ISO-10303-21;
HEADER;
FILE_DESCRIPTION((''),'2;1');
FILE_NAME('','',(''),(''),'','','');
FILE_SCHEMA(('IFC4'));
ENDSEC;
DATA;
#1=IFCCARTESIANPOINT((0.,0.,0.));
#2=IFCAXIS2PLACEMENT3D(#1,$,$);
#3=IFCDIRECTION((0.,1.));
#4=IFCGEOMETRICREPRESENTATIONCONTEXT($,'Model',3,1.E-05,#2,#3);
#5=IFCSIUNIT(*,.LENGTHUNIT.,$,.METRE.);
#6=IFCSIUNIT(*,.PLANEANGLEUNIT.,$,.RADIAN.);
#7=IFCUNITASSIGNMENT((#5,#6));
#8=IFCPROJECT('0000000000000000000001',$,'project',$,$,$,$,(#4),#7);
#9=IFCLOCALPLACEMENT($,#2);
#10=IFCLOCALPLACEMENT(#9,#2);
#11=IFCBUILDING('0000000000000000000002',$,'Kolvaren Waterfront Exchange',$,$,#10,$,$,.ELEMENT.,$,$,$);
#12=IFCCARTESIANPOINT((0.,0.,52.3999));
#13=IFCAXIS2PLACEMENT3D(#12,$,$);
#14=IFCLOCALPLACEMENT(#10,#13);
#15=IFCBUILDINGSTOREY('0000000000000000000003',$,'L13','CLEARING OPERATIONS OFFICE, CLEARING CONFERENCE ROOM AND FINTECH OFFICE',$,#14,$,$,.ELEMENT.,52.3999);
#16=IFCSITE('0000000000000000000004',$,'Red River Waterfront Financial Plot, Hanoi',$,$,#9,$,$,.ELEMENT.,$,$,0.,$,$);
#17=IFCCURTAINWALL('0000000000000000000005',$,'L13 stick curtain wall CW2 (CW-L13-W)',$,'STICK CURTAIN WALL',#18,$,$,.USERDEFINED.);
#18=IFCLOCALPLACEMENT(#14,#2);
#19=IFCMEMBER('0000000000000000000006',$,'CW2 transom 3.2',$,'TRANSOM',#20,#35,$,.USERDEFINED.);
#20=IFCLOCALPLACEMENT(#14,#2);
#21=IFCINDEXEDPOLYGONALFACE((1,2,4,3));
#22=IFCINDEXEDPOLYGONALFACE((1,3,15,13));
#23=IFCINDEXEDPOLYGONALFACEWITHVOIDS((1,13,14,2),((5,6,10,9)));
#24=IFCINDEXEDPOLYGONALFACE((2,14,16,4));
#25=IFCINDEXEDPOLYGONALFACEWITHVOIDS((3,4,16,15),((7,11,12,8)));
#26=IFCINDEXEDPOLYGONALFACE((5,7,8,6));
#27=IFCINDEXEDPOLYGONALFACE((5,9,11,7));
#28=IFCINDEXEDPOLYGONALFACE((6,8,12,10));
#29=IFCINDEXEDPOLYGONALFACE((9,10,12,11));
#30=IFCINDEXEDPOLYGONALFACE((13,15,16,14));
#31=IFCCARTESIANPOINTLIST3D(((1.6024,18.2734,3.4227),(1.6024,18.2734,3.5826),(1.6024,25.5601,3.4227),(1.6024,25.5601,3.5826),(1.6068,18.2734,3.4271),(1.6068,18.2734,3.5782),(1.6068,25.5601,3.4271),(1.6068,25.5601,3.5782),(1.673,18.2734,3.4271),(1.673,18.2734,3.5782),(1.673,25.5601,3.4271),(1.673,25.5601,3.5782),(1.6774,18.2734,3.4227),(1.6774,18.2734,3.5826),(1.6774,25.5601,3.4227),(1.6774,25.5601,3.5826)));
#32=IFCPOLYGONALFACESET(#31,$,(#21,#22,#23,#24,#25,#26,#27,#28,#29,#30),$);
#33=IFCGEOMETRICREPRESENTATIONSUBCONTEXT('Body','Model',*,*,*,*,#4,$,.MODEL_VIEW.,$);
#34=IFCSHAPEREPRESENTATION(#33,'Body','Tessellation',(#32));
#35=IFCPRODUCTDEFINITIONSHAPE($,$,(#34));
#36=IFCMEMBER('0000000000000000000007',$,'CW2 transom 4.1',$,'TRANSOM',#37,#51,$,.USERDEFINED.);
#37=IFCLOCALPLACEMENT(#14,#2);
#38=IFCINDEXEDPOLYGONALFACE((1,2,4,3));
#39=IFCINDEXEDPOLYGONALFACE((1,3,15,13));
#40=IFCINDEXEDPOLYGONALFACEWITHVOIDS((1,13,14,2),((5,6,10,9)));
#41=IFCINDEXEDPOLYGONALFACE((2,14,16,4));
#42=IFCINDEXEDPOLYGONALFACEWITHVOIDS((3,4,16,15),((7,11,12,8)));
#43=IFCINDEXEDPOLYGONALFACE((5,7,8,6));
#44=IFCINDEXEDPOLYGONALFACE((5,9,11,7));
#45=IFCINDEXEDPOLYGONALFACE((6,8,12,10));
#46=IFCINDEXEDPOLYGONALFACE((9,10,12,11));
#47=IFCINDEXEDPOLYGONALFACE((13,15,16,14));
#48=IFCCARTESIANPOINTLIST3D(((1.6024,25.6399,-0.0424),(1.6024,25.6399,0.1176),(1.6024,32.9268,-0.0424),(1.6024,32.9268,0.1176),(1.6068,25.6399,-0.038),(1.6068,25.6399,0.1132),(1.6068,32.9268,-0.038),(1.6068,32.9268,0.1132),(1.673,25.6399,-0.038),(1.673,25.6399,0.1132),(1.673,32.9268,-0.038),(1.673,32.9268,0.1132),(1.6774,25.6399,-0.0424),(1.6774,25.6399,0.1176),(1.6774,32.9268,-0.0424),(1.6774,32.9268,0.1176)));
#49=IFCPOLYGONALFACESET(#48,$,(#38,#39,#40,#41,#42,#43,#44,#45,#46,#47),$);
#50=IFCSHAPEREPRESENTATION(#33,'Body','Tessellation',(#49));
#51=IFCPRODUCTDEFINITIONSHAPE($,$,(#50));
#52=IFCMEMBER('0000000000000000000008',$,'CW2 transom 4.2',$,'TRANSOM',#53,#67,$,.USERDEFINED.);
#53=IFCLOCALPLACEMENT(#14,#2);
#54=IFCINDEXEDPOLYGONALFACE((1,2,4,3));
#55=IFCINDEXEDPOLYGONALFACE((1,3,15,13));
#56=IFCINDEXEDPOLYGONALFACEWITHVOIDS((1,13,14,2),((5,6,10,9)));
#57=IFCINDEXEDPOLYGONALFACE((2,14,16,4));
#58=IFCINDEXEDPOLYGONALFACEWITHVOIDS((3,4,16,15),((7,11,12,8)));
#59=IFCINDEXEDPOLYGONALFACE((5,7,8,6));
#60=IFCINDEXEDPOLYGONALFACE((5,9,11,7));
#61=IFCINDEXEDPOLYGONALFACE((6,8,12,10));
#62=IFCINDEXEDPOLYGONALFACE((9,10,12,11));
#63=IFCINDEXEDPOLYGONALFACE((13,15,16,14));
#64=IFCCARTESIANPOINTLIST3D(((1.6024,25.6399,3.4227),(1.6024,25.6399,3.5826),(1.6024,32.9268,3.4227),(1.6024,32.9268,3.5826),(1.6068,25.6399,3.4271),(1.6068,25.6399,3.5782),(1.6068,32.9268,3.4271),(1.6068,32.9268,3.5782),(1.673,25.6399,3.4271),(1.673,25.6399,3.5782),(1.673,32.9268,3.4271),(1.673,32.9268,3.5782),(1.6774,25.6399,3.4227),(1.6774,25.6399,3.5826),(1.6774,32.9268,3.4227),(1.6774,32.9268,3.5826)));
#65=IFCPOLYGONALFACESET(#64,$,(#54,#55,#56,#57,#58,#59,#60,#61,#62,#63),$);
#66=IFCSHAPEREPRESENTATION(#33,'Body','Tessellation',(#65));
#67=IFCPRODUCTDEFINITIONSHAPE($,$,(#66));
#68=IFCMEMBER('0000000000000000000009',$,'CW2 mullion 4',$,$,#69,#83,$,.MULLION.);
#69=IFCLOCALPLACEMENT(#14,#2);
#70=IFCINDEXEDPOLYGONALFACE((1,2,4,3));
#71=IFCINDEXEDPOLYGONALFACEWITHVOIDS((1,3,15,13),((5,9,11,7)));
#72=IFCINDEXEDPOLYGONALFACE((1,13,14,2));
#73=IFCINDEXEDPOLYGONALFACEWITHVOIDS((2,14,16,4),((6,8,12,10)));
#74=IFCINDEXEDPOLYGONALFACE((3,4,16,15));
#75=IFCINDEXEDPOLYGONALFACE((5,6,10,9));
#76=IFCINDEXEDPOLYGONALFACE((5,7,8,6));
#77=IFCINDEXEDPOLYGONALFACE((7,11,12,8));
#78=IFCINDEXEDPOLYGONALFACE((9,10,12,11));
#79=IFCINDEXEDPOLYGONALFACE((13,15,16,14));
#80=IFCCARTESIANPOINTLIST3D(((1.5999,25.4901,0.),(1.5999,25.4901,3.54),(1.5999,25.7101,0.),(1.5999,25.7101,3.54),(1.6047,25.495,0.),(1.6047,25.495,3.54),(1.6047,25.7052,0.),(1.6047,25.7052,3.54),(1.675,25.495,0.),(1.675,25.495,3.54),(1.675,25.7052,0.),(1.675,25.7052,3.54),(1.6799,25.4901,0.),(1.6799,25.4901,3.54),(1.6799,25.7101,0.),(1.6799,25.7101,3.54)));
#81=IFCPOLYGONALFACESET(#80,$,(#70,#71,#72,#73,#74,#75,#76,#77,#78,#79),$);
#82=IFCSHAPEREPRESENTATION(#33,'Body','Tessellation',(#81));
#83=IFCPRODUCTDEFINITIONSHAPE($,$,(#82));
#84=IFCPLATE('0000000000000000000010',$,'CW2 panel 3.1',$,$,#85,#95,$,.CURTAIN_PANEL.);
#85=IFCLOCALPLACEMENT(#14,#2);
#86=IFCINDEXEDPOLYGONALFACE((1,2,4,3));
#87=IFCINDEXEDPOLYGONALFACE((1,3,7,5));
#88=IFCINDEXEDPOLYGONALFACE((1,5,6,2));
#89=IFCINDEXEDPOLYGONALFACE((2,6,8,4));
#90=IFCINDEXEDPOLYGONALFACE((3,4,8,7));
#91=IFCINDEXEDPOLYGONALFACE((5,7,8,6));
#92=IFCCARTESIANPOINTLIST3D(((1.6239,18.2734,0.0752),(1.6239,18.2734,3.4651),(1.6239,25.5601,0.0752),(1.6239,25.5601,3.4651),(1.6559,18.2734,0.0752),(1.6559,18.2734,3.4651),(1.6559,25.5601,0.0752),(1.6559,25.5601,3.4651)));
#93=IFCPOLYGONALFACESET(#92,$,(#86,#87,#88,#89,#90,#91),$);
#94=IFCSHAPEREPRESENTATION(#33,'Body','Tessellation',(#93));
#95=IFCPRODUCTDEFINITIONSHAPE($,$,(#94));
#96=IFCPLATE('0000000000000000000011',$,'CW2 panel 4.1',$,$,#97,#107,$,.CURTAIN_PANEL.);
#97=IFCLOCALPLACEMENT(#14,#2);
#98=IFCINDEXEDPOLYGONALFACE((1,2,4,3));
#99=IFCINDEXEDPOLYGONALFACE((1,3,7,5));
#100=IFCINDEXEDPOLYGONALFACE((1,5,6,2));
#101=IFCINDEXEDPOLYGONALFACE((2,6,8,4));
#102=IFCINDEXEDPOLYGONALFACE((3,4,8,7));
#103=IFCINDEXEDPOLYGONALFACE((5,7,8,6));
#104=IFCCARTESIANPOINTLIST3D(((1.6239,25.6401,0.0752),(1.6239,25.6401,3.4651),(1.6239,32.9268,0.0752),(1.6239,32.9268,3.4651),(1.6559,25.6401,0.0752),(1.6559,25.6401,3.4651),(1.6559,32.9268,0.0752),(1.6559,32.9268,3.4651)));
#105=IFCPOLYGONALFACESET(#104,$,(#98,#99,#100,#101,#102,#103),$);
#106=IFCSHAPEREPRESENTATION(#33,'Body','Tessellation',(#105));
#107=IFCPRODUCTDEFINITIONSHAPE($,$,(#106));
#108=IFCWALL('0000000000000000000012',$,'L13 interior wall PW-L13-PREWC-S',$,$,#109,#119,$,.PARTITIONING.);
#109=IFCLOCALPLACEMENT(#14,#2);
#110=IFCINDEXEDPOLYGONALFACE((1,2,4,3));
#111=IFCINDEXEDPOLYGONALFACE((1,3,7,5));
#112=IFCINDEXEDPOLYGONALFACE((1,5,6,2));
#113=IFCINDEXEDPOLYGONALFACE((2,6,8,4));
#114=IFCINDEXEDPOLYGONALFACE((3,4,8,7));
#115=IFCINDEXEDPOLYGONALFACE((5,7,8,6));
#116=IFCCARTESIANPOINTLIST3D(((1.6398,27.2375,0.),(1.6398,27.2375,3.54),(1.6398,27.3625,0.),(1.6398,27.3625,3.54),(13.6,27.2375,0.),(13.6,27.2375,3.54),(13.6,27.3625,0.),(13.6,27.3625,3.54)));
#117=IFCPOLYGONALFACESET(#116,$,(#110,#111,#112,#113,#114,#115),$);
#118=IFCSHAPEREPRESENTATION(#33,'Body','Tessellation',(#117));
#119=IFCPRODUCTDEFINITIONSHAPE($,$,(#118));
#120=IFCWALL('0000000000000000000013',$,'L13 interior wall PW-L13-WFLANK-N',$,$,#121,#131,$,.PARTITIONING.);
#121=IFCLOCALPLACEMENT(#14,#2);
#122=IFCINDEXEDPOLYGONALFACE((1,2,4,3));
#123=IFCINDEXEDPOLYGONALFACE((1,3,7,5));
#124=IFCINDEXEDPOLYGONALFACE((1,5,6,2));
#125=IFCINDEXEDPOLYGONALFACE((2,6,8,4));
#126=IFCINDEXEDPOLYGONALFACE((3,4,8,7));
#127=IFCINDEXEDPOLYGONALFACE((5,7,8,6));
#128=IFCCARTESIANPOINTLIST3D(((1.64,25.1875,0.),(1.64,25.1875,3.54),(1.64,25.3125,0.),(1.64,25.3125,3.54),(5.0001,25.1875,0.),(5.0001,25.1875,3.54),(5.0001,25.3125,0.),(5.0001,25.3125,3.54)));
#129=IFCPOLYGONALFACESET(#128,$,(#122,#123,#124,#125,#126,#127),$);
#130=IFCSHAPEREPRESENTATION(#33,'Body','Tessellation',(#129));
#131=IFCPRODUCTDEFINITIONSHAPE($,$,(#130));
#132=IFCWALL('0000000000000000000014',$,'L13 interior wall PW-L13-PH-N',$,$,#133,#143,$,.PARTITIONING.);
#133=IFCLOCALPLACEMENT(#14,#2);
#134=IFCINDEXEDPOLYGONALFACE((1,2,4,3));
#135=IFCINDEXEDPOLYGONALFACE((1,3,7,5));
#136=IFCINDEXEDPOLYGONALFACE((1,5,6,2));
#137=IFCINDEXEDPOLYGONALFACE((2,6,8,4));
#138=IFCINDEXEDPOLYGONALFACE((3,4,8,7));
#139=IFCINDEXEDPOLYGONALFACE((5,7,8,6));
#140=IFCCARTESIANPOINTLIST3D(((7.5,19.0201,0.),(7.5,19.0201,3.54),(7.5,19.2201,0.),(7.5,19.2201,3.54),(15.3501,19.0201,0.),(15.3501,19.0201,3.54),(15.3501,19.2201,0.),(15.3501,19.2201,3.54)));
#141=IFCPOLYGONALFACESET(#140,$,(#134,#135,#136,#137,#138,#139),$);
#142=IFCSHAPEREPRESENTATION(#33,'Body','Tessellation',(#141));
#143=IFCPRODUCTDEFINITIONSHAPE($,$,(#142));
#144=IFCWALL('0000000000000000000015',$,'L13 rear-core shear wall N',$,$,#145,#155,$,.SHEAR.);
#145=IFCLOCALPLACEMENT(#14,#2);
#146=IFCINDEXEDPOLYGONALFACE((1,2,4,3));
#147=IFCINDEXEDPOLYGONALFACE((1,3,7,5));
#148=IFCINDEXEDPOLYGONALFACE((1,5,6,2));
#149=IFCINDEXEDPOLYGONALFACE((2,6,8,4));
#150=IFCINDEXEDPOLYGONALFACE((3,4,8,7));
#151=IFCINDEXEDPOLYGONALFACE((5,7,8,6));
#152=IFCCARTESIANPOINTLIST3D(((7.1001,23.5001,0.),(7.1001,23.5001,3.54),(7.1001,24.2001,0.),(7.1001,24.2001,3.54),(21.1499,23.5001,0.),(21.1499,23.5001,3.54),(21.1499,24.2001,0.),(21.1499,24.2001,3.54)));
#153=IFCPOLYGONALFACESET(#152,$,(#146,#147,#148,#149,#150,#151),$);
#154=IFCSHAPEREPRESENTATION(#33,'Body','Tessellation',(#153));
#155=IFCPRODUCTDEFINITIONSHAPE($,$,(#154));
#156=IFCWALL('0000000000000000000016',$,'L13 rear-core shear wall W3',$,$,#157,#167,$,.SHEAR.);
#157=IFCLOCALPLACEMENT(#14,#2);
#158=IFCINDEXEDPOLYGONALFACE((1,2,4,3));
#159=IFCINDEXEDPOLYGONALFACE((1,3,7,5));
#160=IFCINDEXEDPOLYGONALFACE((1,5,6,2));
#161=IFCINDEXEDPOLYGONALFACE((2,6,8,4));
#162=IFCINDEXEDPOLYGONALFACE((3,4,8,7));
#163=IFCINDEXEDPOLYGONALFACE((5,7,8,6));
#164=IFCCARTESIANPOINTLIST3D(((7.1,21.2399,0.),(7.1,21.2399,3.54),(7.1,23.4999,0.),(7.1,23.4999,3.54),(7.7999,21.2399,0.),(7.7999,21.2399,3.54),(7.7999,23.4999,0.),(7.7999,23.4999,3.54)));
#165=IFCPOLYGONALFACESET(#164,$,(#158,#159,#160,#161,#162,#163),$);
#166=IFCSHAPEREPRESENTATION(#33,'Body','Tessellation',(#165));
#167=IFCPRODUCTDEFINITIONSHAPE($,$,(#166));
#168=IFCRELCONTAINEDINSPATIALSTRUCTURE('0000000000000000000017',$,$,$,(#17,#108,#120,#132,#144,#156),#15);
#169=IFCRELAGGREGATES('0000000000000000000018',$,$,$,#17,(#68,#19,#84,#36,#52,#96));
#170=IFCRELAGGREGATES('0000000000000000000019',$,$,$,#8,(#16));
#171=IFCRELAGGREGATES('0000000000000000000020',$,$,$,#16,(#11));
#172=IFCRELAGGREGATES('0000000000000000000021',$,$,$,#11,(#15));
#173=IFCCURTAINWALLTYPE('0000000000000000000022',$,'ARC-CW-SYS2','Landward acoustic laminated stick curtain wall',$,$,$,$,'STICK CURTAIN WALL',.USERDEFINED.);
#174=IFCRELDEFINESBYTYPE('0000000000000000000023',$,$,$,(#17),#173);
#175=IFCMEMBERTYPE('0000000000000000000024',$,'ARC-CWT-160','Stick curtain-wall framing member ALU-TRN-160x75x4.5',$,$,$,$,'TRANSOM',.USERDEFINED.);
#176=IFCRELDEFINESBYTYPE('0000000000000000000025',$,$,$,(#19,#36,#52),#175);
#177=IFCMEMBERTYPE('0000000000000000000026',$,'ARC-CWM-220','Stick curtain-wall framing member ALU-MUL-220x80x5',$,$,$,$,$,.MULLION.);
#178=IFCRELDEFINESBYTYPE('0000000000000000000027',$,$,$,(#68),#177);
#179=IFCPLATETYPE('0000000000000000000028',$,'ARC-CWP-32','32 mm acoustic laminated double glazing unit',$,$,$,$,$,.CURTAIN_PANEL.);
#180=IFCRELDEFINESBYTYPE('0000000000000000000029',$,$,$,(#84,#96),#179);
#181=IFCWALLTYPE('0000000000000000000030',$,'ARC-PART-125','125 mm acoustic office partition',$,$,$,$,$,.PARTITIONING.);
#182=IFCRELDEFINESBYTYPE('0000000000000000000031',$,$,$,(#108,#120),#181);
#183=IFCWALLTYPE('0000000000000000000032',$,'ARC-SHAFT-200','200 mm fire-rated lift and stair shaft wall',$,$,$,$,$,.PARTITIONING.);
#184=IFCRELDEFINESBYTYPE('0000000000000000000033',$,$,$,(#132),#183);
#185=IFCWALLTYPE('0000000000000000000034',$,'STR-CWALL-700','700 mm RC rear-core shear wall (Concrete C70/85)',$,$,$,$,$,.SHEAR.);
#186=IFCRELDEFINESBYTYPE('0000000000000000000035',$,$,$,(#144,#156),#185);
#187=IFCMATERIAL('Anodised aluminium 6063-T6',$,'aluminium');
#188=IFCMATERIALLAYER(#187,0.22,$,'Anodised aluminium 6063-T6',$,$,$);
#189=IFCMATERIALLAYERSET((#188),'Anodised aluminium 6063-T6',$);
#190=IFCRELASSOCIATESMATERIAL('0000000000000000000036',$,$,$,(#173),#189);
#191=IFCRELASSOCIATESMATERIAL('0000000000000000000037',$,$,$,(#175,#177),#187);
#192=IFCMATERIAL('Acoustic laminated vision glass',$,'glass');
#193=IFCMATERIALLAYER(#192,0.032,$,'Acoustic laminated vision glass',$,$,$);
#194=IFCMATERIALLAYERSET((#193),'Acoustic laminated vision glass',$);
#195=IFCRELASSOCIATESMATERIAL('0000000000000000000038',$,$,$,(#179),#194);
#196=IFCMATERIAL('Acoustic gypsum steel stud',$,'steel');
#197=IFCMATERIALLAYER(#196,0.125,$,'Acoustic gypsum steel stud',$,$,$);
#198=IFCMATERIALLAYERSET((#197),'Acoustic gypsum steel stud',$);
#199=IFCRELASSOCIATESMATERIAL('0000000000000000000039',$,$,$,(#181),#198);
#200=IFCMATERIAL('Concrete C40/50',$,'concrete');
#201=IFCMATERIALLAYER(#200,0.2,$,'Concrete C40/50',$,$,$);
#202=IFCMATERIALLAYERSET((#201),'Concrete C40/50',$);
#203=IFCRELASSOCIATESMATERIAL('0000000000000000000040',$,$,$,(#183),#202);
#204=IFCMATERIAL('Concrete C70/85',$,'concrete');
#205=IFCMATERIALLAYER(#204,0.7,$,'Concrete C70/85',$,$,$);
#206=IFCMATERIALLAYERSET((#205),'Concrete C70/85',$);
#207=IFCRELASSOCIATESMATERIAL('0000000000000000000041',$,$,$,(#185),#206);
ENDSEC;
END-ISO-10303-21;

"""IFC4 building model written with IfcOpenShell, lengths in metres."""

from ifc_helpers import new_model, si_unit, direction, frame, frame_2d, origin, origin_with_axes, origin_2d, place, context, subcontext, project, spatial, rectangle, hollow_rectangle, extrude, source, transform, mapped, material, layer, layer_set, material_profile, profile_set, type_object, element, aggregate, save


model = new_model("IFC4")

# Units and contexts
model_context = context("Model", 3, precision=1e-05, world=origin(), true_north=direction((0.0, 1.0)))
body_context = subcontext(model_context, "Body", "Model", "MODEL_VIEW")
ifc_project = project(units=[si_unit("LENGTHUNIT", "METRE"), si_unit("PLANEANGLEUNIT", "RADIAN")], contexts=[model_context])

# Site, building, storey
site_placement = place(None, origin())
site = spatial("IfcSite", under=ifc_project, at=site_placement, Name="Red River Waterfront Financial Plot, Hanoi", CompositionType="ELEMENT", RefElevation=0.0)
building_placement = place(site_placement, origin())
building = spatial("IfcBuilding", under=site, at=building_placement, Name="Kolvaren Waterfront Exchange", CompositionType="ELEMENT")
storey_placement = place(building_placement, frame((0.0, 0.0, 52.3999)))
storey = spatial("IfcBuildingStorey", under=building, at=storey_placement, Name="L13", Description="CLEARING OPERATIONS OFFICE, CLEARING CONFERENCE ROOM AND FINTECH OFFICE", CompositionType="ELEMENT", Elevation=52.3999)

# Shared definitions
ifc_material_1 = material(Name="Concrete C70/85", Category="concrete")

# Curtain wall, members, plates
ifc_material_2 = material(Name="Anodised aluminium 6063-T6", Category="aluminium")
ifc_layer_1 = layer(ifc_material_2, 0.22, Name="Anodised aluminium 6063-T6")
ifc_layer_set_1 = layer_set([ifc_layer_1], Name="Anodised aluminium 6063-T6")
curtain_wall_type = type_object("IfcCurtainWallType", Name="ARC-CW-SYS2", Description="Landward acoustic laminated stick curtain wall", ElementType="STICK CURTAIN WALL", PredefinedType="USERDEFINED", material=ifc_layer_set_1)
curtain_wall_placement = place(storey_placement, origin())
curtain_wall = element("IfcCurtainWall", 1, at=curtain_wall_placement, inside=storey, type_object=curtain_wall_type, Name="L13 stick curtain wall CW2 (CW-L13-W)", ObjectType="STICK CURTAIN WALL", PredefinedType="USERDEFINED")
ifc_material_profile_1 = material_profile(ifc_material_2, hollow_rectangle(XDim=0.075, YDim=0.1599, WallThickness=0.0044, at=origin_2d()), Name="ALU-TRN-160x75x4.5")
ifc_profile_set_1 = profile_set([ifc_material_profile_1], Name="Anodised aluminium 6063-T6")
member_type_1 = type_object("IfcMemberType", Name="ARC-CWT-160", Description="Stick curtain-wall framing member ALU-TRN-160x75x4.5", ElementType="TRANSOM", PredefinedType="USERDEFINED", material=ifc_profile_set_1)
shared_shape_1 = source(origin_with_axes(), body_context, "Body", "SweptSolid", [
    extrude(hollow_rectangle(XDim=0.075, YDim=0.1599, WallThickness=0.0044, at=origin_2d()), origin(), (0.0, 0.0, 1.0), 7.2866),
])
member_1_placement = place(storey_placement, frame((1.6399, 18.2734, 3.5027), z_axis=(0.0, 1.0, 0.0), x_axis=(-1.0, 0.0, 0.0)))
member_1 = element("IfcMember", 2, at=member_1_placement, type_object=member_type_1, Name="CW2 transom 3.2", ObjectType="TRANSOM", PredefinedType="USERDEFINED", context=body_context, shape_type="MappedRepresentation", body=[
    mapped(shared_shape_1, transform((0.0, 0.0, 0.0), x_axis=(1.0, 0.0, 0.0), y_axis=(0.0, 1.0, 0.0), z_axis=(0.0, 0.0, 1.0), scale=1.0)),
])
shared_shape_2 = source(origin_with_axes(), body_context, "Body", "SweptSolid", [
    extrude(hollow_rectangle(XDim=0.075, YDim=0.1599, WallThickness=0.0044, at=origin_2d()), origin(), (0.0, 0.0, 1.0), 7.2869),
])
member_2_placement = place(storey_placement, frame((1.6399, 25.6399, 0.0376), z_axis=(0.0, 1.0, 0.0), x_axis=(-1.0, 0.0, 0.0)))
member_2 = element("IfcMember", 3, at=member_2_placement, type_object=member_type_1, Name="CW2 transom 4.1", ObjectType="TRANSOM", PredefinedType="USERDEFINED", context=body_context, shape_type="MappedRepresentation", body=[
    mapped(shared_shape_2, transform((0.0, 0.0, 0.0), x_axis=(1.0, 0.0, 0.0), y_axis=(0.0, 1.0, 0.0), z_axis=(0.0, 0.0, 1.0), scale=1.0)),
])
member_3_placement = place(storey_placement, frame((1.6399, 25.6399, 3.5027), z_axis=(0.0, 1.0, 0.0), x_axis=(-1.0, 0.0, 0.0)))
member_3 = element("IfcMember", 4, at=member_3_placement, type_object=member_type_1, Name="CW2 transom 4.2", ObjectType="TRANSOM", PredefinedType="USERDEFINED", context=body_context, shape_type="MappedRepresentation", body=[
    mapped(shared_shape_2, transform((0.0, 0.0, 0.0), x_axis=(1.0, 0.0, 0.0), y_axis=(0.0, 1.0, 0.0), z_axis=(0.0, 0.0, 1.0), scale=1.0)),
])
ifc_material_profile_2 = material_profile(ifc_material_2, hollow_rectangle(XDim=0.0801, YDim=0.22, WallThickness=0.0049, at=origin_2d()), Name="ALU-MUL-220x80x5")
ifc_profile_set_2 = profile_set([ifc_material_profile_2], Name="Anodised aluminium 6063-T6")
member_type_2 = type_object("IfcMemberType", Name="ARC-CWM-220", Description="Stick curtain-wall framing member ALU-MUL-220x80x5", PredefinedType="MULLION", material=ifc_profile_set_2)
shared_shape_3 = source(origin_with_axes(), body_context, "Body", "SweptSolid", [
    extrude(hollow_rectangle(XDim=0.0801, YDim=0.22, WallThickness=0.0049, at=origin_2d()), origin(), (0.0, 0.0, 1.0), 3.54),
])
member_4_placement = place(storey_placement, frame((1.6399, 25.6001, 0.0), z_axis=(0.0, 0.0, 1.0), x_axis=(-1.0, 0.0, 0.0)))
member_4 = element("IfcMember", 5, at=member_4_placement, type_object=member_type_2, Name="CW2 mullion 4", PredefinedType="MULLION", context=body_context, shape_type="MappedRepresentation", body=[
    mapped(shared_shape_3, transform((0.0, 0.0, 0.0), x_axis=(1.0, 0.0, 0.0), y_axis=(0.0, 1.0, 0.0), z_axis=(0.0, 0.0, 1.0), scale=1.0)),
])
ifc_material_3 = material(Name="Acoustic laminated vision glass", Category="glass")
ifc_layer_2 = layer(ifc_material_3, 0.032, Name="Acoustic laminated vision glass")
ifc_layer_set_2 = layer_set([ifc_layer_2], Name="Acoustic laminated vision glass")
plate_type = type_object("IfcPlateType", Name="ARC-CWP-32", Description="32 mm acoustic laminated double glazing unit", PredefinedType="CURTAIN_PANEL", material=ifc_layer_set_2)
shared_shape_4 = source(origin_with_axes(), body_context, "Body", "SweptSolid", [
    extrude(rectangle(XDim=7.2866, YDim=0.032, at=origin_2d()), origin(), (0.0, 0.0, 1.0), 3.3899),
])
plate_1_placement = place(storey_placement, frame((1.6399, 21.9167, 0.0752), z_axis=(0.0, 0.0, 1.0), x_axis=(0.0, 1.0, 0.0)))
plate_1 = element("IfcPlate", 6, at=plate_1_placement, type_object=plate_type, Name="CW2 panel 3.1", PredefinedType="CURTAIN_PANEL", context=body_context, shape_type="MappedRepresentation", body=[
    mapped(shared_shape_4, transform((0.0, 0.0, 0.0), x_axis=(1.0, 0.0, 0.0), y_axis=(0.0, 1.0, 0.0), z_axis=(0.0, 0.0, 1.0), scale=1.0)),
])
plate_2_placement = place(storey_placement, frame((1.6399, 29.2834, 0.0752), z_axis=(0.0, 0.0, 1.0), x_axis=(0.0, 1.0, 0.0)))
plate_2 = element("IfcPlate", 7, at=plate_2_placement, type_object=plate_type, Name="CW2 panel 4.1", PredefinedType="CURTAIN_PANEL", context=body_context, shape_type="MappedRepresentation", body=[
    mapped(shared_shape_4, transform((0.0, 0.0, 0.0), x_axis=(1.0, 0.0, 0.0), y_axis=(0.0, 1.0, 0.0), z_axis=(0.0, 0.0, 1.0), scale=1.0)),
])
aggregate(curtain_wall, [member_4, member_1, plate_1, member_2, member_3, plate_2])

# Walls
ifc_material_4 = material(Name="Acoustic gypsum steel stud", Category="steel")
ifc_layer_3 = layer(ifc_material_4, 0.125, Name="Acoustic gypsum steel stud")
ifc_layer_set_3 = layer_set([ifc_layer_3], Name="Acoustic gypsum steel stud")
wall_type_1 = type_object("IfcWallType", Name="ARC-PART-125", Description="125 mm acoustic office partition", PredefinedType="PARTITIONING", material=ifc_layer_set_3)
wall_1_placement = place(storey_placement, frame((1.6399, 27.3, 0.0), z_axis=(0.0, 0.0, 1.0), x_axis=(1.0, 0.0, 0.0)))
element("IfcWall", 8, at=wall_1_placement, inside=storey, type_object=wall_type_1, Name="L13 interior wall PW-L13-PREWC-S", PredefinedType="PARTITIONING", context=body_context, shape_type="SweptSolid", body=[
    extrude(rectangle(XDim=11.9602, YDim=0.125, at=frame_2d((5.98, 0.0))), origin(), (0.0, 0.0, 1.0), 3.54),
])
wall_2_placement = place(storey_placement, frame((1.6399, 25.25, 0.0), z_axis=(0.0, 0.0, 1.0), x_axis=(1.0, 0.0, 0.0)))
element("IfcWall", 9, at=wall_2_placement, inside=storey, type_object=wall_type_1, Name="L13 interior wall PW-L13-WFLANK-N", PredefinedType="PARTITIONING", context=body_context, shape_type="SweptSolid", body=[
    extrude(rectangle(XDim=3.3601, YDim=0.125, at=frame_2d((1.6802, 0.0))), origin(), (0.0, 0.0, 1.0), 3.54),
])
ifc_material_5 = material(Name="Concrete C40/50", Category="concrete")
ifc_layer_4 = layer(ifc_material_5, 0.2, Name="Concrete C40/50")
ifc_layer_set_4 = layer_set([ifc_layer_4], Name="Concrete C40/50")
wall_type_2 = type_object("IfcWallType", Name="ARC-SHAFT-200", Description="200 mm fire-rated lift and stair shaft wall", PredefinedType="PARTITIONING", material=ifc_layer_set_4)
wall_3_placement = place(storey_placement, frame((7.5, 19.1201, 0.0), z_axis=(0.0, 0.0, 1.0), x_axis=(1.0, 0.0, 0.0)))
element("IfcWall", 10, at=wall_3_placement, inside=storey, type_object=wall_type_2, Name="L13 interior wall PW-L13-PH-N", PredefinedType="PARTITIONING", context=body_context, shape_type="SweptSolid", body=[
    extrude(rectangle(XDim=7.8501, YDim=0.2, at=frame_2d((3.925, 0.0))), origin(), (0.0, 0.0, 1.0), 3.54),
])
ifc_layer_5 = layer(ifc_material_1, 0.7, Name="Concrete C70/85")
ifc_layer_set_5 = layer_set([ifc_layer_5], Name="Concrete C70/85")
wall_type_3 = type_object("IfcWallType", Name="STR-CWALL-700", Description="700 mm RC rear-core shear wall (Concrete C70/85)", PredefinedType="SHEAR", material=ifc_layer_set_5)
wall_4_placement = place(storey_placement, frame((7.1001, 23.8501, 0.0), z_axis=(0.0, 0.0, 1.0), x_axis=(1.0, 0.0, 0.0)))
element("IfcWall", 11, at=wall_4_placement, inside=storey, type_object=wall_type_3, Name="L13 rear-core shear wall N", PredefinedType="SHEAR", context=body_context, shape_type="SweptSolid", body=[
    extrude(rectangle(XDim=14.0498, YDim=0.7, at=frame_2d((7.0249, 0.0))), origin(), (0.0, 0.0, 1.0), 3.54),
])
wall_5_placement = place(storey_placement, frame((7.45, 21.24, 0.0), z_axis=(0.0, 0.0, 1.0), x_axis=(0.0, 1.0, 0.0)))
element("IfcWall", 12, at=wall_5_placement, inside=storey, type_object=wall_type_3, Name="L13 rear-core shear wall W3", PredefinedType="SHEAR", context=body_context, shape_type="SweptSolid", body=[
    extrude(rectangle(XDim=2.26, YDim=0.7, at=frame_2d((1.1299, 0.0))), origin(), (0.0, 0.0, 1.0), 3.54),
])

save(model, "model.ifc")
